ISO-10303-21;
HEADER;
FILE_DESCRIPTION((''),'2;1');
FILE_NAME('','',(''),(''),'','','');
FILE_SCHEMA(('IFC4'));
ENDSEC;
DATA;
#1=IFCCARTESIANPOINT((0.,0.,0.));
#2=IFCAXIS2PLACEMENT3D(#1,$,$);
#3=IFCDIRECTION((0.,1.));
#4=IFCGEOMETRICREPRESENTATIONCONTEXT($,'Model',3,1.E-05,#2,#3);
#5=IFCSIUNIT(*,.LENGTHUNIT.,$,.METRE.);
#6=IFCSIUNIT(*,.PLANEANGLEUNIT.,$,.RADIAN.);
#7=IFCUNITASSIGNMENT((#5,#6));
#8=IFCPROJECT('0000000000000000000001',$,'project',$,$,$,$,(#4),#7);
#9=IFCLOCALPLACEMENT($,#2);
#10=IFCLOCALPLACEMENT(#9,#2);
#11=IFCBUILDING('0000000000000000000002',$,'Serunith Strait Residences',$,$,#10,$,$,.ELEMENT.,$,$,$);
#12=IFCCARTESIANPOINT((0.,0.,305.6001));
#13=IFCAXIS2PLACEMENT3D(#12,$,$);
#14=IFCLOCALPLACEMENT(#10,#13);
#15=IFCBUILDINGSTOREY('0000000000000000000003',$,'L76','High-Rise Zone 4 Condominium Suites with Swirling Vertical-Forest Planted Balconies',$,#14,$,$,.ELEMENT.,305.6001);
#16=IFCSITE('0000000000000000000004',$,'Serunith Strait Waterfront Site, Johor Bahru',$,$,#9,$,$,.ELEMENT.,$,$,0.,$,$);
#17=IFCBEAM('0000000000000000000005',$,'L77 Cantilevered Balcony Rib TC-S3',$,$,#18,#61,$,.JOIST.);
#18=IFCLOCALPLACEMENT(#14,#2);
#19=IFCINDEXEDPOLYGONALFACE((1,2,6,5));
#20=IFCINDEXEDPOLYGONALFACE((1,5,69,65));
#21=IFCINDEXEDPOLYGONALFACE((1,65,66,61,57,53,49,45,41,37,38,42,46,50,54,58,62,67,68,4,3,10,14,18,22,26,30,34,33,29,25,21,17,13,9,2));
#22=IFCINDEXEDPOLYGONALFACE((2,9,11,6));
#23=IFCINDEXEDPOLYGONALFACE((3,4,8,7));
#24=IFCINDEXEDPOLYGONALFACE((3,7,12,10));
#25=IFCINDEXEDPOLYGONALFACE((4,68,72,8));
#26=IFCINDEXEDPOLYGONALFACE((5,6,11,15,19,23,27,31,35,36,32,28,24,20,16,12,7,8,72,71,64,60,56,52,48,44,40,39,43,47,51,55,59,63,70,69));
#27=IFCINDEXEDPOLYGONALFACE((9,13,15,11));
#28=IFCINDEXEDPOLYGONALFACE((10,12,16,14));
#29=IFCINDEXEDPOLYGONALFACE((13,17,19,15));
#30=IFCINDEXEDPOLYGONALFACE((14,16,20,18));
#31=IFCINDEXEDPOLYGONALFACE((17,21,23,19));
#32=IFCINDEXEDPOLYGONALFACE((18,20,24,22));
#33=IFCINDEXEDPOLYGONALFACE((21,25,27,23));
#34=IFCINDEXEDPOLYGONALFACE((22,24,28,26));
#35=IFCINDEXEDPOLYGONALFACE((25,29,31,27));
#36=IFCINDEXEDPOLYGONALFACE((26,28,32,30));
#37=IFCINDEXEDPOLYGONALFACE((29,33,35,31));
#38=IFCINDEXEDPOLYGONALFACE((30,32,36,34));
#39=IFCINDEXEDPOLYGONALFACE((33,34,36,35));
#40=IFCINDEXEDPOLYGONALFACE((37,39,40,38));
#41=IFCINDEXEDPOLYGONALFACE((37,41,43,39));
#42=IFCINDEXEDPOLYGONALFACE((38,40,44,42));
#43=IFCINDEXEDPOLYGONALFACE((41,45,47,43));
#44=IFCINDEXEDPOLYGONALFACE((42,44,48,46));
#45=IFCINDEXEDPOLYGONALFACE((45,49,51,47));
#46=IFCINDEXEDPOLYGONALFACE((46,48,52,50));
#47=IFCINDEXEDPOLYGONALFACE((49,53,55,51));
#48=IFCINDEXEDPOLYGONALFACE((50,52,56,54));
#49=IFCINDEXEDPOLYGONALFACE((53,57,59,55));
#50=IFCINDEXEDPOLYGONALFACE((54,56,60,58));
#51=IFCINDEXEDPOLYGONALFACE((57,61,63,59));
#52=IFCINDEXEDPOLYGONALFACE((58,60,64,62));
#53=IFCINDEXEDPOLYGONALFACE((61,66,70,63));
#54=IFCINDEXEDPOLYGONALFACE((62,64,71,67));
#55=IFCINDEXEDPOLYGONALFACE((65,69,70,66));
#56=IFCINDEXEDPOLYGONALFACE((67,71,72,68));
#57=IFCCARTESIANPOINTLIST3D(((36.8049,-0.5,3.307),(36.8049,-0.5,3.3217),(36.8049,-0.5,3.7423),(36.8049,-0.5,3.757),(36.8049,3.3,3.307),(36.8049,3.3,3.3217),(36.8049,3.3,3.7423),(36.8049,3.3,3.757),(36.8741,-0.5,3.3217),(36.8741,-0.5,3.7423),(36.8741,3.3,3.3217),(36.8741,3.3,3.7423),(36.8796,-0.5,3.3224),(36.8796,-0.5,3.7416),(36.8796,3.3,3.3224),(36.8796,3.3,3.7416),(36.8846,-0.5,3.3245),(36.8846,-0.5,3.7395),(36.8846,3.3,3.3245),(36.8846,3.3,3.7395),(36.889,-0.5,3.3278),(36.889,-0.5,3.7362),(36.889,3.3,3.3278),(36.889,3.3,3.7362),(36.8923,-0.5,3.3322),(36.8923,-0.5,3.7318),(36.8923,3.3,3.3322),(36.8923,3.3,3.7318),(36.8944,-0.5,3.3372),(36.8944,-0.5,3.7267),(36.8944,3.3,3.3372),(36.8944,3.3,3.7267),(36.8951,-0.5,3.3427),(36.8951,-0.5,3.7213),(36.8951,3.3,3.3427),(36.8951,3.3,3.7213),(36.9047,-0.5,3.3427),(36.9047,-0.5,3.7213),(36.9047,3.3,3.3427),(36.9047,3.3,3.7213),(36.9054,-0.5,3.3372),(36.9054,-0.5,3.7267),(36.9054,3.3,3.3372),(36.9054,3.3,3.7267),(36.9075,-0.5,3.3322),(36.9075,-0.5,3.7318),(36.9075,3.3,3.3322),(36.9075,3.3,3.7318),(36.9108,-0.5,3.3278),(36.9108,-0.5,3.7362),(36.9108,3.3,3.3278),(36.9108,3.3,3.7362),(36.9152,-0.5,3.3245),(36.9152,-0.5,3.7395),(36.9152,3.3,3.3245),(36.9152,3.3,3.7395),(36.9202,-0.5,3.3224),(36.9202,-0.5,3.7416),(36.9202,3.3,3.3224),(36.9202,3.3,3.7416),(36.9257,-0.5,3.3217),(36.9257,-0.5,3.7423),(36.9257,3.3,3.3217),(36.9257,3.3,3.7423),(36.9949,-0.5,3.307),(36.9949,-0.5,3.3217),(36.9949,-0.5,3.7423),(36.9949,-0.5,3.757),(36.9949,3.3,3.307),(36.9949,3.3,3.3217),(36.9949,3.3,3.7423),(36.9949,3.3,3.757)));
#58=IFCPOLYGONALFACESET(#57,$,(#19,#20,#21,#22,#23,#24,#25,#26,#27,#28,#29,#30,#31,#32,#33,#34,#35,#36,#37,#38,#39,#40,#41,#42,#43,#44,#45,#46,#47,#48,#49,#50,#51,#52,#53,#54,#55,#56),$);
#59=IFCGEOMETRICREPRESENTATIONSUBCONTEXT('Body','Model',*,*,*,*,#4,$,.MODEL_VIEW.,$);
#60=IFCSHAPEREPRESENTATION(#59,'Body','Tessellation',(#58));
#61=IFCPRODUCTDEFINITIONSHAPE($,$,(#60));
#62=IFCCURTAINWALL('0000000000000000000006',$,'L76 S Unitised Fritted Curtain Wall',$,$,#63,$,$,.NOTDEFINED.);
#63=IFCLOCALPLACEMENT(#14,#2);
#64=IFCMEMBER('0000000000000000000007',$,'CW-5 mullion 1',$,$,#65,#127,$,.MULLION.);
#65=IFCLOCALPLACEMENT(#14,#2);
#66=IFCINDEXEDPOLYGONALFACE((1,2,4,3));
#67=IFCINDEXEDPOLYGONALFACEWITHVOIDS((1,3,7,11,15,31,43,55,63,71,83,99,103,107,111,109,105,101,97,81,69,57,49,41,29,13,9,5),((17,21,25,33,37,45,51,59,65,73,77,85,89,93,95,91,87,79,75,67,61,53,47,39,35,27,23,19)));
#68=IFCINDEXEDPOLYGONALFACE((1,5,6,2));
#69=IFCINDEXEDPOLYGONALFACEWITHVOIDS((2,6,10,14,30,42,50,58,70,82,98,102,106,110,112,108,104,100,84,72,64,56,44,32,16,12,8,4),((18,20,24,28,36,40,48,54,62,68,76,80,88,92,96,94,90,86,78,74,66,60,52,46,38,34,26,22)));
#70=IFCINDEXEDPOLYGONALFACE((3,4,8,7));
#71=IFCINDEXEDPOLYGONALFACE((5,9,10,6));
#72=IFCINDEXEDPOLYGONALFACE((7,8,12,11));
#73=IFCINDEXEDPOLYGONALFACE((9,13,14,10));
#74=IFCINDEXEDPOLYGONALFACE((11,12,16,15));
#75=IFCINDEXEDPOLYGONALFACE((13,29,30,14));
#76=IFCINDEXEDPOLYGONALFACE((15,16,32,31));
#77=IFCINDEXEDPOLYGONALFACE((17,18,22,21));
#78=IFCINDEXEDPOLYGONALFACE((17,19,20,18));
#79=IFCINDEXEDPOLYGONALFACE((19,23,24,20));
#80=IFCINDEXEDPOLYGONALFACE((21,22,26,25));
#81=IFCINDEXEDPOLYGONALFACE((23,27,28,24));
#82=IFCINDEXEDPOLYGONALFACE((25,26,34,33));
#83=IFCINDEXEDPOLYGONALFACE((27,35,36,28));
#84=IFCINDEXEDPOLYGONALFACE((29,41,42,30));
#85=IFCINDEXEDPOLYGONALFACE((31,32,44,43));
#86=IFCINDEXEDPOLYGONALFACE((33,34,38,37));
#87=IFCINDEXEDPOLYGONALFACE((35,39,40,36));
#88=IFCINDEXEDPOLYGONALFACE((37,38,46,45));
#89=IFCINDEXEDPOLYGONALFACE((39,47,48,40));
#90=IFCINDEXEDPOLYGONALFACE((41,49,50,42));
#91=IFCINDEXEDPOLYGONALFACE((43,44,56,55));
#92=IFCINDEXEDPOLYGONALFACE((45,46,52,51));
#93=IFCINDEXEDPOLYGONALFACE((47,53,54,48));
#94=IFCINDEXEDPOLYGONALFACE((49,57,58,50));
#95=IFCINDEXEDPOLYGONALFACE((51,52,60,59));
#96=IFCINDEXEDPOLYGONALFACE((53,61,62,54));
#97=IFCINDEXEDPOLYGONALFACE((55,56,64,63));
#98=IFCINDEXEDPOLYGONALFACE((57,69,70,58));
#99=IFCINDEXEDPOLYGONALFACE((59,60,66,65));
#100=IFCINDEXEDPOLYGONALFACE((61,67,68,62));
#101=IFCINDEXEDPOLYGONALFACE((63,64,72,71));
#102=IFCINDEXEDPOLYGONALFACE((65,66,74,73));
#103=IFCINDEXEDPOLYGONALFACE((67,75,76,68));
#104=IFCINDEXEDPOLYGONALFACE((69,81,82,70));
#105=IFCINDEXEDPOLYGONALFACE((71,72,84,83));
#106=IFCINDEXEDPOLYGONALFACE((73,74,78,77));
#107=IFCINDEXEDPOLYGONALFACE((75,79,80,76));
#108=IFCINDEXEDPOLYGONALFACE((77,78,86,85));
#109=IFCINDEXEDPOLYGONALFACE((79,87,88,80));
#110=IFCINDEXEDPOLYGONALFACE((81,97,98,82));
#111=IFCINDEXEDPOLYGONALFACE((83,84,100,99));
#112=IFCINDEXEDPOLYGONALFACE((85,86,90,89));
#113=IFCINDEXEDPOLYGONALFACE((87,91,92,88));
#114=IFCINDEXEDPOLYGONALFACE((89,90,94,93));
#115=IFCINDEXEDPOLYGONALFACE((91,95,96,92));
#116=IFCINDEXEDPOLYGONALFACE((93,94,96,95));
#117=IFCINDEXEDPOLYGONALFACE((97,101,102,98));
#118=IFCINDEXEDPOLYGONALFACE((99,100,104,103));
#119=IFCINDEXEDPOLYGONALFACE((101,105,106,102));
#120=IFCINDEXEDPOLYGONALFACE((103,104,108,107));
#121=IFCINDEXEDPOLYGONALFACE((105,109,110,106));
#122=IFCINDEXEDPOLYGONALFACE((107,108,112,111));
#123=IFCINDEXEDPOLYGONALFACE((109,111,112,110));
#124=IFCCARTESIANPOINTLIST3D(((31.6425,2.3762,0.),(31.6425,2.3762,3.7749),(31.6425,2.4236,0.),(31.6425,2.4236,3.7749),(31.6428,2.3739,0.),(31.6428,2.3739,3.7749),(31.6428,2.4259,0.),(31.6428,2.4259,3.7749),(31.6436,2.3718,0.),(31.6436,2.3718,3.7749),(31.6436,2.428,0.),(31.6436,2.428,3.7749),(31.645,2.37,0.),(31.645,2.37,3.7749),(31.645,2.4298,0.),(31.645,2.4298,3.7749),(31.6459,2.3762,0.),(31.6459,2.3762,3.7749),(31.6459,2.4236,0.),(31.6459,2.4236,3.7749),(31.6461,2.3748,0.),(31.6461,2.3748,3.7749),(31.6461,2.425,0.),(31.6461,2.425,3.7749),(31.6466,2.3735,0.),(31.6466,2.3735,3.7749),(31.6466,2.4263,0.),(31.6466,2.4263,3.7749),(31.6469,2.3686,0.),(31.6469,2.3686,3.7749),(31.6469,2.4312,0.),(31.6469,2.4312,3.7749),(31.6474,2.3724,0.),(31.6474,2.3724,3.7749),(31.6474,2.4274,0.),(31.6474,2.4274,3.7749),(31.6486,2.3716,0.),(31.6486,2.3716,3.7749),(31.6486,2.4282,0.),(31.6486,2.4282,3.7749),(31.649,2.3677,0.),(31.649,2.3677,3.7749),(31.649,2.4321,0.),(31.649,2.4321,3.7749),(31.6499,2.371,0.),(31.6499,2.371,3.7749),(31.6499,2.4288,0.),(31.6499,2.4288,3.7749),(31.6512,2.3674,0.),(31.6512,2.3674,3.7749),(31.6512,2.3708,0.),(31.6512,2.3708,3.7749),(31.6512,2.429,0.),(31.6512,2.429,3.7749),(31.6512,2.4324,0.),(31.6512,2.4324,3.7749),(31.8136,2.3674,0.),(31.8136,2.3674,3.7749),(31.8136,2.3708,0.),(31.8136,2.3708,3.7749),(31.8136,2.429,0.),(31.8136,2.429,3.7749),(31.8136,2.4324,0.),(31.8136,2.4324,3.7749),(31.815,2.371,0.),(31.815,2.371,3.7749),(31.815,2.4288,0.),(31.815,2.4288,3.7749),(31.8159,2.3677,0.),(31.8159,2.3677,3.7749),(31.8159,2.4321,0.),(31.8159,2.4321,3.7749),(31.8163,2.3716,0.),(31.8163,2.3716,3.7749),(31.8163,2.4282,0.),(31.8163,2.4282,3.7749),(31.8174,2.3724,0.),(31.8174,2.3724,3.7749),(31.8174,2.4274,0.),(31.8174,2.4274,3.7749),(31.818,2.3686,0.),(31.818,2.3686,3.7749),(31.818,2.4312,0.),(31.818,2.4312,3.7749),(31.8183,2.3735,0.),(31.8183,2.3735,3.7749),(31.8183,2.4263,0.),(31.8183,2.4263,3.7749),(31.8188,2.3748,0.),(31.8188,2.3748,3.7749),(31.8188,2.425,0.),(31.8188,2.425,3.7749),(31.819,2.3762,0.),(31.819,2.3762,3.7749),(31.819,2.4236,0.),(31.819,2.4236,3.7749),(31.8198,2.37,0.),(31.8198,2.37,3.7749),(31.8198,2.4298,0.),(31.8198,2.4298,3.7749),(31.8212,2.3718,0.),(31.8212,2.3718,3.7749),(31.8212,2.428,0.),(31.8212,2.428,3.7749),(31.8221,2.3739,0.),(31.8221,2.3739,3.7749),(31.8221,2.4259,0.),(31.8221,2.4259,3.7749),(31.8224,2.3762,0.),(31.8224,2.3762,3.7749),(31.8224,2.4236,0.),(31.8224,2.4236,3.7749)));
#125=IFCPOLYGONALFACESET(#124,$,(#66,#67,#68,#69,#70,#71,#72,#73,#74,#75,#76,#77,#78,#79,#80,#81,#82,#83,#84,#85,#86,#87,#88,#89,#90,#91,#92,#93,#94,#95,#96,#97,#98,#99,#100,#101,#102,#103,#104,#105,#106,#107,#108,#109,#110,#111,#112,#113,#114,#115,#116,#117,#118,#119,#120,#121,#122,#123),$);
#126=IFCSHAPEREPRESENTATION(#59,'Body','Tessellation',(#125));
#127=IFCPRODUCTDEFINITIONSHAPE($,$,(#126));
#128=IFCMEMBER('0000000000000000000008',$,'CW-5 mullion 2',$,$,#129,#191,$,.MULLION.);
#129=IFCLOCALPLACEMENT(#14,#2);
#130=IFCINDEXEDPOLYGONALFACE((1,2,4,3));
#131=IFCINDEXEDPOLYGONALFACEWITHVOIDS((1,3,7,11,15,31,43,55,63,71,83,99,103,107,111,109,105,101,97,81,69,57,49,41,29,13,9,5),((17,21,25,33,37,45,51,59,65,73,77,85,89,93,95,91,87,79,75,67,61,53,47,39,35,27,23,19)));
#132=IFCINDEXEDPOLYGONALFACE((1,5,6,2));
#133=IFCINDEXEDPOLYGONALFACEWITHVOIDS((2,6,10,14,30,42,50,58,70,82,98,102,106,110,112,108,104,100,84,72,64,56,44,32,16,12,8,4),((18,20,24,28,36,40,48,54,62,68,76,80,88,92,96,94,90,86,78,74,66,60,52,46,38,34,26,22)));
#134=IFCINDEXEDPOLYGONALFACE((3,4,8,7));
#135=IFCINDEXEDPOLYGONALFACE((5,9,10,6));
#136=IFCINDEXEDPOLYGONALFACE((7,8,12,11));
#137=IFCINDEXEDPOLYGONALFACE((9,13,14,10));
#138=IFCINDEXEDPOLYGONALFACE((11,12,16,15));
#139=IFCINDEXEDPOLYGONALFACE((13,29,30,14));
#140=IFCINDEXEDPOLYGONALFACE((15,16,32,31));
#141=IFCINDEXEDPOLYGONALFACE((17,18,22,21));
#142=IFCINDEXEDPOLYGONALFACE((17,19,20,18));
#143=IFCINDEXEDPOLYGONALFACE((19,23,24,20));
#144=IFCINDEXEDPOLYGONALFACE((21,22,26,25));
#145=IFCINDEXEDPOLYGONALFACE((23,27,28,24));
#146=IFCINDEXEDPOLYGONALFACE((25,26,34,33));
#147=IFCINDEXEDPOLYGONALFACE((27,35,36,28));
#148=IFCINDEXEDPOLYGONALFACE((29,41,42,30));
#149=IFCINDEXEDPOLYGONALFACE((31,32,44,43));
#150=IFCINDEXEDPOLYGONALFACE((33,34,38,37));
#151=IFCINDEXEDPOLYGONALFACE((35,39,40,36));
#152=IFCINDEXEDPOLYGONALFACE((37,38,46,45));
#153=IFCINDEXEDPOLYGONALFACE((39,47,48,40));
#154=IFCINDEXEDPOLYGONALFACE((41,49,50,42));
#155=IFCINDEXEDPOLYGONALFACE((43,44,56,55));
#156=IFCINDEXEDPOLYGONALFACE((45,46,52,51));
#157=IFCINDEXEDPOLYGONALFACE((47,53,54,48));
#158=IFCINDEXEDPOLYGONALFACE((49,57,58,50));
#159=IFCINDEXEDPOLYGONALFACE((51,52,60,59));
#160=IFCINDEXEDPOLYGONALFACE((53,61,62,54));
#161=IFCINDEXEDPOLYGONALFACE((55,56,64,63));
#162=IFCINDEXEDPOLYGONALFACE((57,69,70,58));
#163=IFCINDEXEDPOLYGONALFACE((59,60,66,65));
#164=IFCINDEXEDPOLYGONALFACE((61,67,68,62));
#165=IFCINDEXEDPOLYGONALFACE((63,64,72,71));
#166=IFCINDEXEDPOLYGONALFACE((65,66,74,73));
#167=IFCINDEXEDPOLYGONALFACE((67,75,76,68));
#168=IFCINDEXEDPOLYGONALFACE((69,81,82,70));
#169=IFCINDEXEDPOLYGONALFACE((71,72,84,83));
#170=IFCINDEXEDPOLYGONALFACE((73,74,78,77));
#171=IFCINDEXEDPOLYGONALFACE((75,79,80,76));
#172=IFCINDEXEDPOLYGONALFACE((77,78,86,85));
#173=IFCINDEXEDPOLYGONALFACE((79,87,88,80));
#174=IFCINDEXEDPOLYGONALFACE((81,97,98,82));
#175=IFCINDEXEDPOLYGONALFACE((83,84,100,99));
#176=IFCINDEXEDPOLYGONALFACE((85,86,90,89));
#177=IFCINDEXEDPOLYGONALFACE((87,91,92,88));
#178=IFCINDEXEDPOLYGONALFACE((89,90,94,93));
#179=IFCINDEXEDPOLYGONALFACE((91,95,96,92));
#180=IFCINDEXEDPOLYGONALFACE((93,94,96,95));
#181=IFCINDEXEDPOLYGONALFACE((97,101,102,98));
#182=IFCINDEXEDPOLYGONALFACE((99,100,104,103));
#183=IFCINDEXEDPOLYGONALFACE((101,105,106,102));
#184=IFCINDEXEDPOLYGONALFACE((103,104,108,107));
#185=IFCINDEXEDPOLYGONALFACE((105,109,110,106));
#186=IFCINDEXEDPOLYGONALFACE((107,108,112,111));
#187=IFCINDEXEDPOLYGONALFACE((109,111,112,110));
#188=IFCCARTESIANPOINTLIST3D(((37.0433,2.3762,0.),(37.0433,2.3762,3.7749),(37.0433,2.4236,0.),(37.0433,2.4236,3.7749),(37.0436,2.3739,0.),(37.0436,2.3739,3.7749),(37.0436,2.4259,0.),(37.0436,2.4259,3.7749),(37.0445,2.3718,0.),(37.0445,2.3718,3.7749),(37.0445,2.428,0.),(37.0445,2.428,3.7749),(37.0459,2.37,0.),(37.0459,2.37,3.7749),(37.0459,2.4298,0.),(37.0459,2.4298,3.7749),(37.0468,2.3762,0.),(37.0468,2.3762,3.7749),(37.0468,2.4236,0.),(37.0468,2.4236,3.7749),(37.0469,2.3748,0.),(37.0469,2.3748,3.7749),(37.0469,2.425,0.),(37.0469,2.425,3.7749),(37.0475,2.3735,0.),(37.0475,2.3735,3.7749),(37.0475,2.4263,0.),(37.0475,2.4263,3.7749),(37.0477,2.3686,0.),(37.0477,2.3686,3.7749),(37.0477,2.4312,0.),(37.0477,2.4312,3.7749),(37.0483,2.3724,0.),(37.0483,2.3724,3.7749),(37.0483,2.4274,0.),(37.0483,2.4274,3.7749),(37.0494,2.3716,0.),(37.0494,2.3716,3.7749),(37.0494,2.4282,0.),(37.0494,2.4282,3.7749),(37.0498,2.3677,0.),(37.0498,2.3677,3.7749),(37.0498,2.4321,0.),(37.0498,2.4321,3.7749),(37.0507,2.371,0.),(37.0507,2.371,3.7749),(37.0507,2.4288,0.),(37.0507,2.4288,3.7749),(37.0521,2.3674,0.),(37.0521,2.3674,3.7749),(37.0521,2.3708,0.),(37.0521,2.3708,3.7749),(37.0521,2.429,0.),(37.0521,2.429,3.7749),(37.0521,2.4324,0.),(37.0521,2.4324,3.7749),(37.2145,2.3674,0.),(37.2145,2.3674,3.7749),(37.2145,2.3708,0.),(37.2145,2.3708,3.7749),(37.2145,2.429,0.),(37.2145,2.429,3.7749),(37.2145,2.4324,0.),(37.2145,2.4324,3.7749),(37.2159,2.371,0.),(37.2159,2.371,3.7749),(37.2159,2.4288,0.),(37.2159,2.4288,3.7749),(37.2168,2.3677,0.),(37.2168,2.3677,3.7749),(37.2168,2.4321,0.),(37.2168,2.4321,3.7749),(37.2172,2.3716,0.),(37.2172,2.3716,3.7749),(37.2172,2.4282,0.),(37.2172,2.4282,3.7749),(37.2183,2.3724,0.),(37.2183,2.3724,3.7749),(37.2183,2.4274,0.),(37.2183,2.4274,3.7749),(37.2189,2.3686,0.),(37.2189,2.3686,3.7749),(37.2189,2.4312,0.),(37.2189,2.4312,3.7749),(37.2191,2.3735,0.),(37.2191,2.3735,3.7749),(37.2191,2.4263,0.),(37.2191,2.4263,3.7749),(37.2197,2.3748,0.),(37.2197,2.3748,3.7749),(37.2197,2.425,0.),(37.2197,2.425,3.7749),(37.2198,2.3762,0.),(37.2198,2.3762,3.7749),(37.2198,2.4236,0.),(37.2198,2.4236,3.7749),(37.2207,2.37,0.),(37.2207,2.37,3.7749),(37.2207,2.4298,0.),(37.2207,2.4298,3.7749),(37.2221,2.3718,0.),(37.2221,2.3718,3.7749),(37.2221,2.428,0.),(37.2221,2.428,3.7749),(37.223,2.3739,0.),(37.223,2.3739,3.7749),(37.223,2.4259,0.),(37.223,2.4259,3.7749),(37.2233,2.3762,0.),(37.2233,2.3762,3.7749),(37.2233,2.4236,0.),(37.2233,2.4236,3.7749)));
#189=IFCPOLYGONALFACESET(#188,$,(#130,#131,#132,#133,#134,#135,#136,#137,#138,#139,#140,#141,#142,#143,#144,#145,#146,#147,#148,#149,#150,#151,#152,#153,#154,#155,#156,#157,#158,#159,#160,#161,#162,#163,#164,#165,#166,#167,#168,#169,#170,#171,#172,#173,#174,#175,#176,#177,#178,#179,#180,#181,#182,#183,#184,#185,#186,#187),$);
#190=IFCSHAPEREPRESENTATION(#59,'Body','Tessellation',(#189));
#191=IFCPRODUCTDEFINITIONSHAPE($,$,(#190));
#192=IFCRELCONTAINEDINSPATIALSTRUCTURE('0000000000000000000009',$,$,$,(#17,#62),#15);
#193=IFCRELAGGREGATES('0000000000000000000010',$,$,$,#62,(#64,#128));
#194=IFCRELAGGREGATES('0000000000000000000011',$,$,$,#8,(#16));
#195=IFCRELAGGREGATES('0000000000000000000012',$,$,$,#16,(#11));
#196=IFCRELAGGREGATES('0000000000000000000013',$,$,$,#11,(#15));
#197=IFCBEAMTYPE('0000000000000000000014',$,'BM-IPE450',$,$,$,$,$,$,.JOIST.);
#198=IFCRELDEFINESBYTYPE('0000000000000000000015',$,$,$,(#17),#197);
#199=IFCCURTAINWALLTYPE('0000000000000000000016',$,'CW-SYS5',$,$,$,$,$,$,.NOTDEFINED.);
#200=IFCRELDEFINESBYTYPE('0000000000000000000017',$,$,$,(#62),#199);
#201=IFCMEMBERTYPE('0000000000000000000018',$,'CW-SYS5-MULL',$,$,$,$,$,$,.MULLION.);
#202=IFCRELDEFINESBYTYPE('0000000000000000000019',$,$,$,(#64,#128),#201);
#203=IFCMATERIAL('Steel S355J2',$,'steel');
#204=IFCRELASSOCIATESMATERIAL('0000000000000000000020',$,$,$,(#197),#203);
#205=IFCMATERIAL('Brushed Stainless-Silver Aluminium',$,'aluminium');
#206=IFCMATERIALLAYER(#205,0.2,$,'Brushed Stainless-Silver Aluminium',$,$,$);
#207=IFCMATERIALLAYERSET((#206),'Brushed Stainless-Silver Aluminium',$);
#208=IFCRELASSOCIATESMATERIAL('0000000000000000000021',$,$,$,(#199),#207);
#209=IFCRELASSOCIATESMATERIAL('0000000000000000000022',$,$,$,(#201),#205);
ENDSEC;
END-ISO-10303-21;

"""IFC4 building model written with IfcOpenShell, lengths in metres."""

from ifc_helpers import new_model, si_unit, direction, frame, origin, origin_2d, place, context, subcontext, project, spatial, hollow_rectangle, i_section, extrude, source, transform, mapped, material, layer, layer_set, material_profile, profile_set, type_object, element, aggregate, save


model = new_model("IFC4")

# Units and contexts
model_context = context("Model", 3, precision=1e-05, world=origin(), true_north=direction((0.0, 1.0)))
body_context = subcontext(model_context, "Body", "Model", "MODEL_VIEW")
ifc_project = project(units=[si_unit("LENGTHUNIT", "METRE"), si_unit("PLANEANGLEUNIT", "RADIAN")], contexts=[model_context])

# Site, building, storey
site_placement = place(None, origin())
site = spatial("IfcSite", under=ifc_project, at=site_placement, Name="Serunith Strait Waterfront Site, Johor Bahru", CompositionType="ELEMENT", RefElevation=0.0)
building_placement = place(site_placement, origin())
building = spatial("IfcBuilding", under=site, at=building_placement, Name="Serunith Strait Residences", CompositionType="ELEMENT")
storey_placement = place(building_placement, frame((0.0, 0.0, 305.6001)))
storey = spatial("IfcBuildingStorey", under=building, at=storey_placement, Name="L76", Description="High-Rise Zone 4 Condominium Suites with Swirling Vertical-Forest Planted Balconies", CompositionType="ELEMENT", Elevation=305.6001)

# Beam
ifc_material_1 = material(Name="Steel S355J2", Category="steel")
ifc_material_profile_1 = material_profile(ifc_material_1, i_section(OverallWidth=0.1899, OverallDepth=0.45, WebThickness=0.0095, FlangeThickness=0.0146, FilletRadius=0.021, at=origin_2d()), Name="IPE 450")
ifc_profile_set_1 = profile_set([ifc_material_profile_1], Name="Steel S355J2")
beam_type_1 = type_object("IfcBeamType", Name="BM-IPE450", PredefinedType="JOIST", material=ifc_profile_set_1)
shared_shape_1 = source(origin(), body_context, "Body", "SweptSolid", [
    extrude(i_section(OverallWidth=0.1899, OverallDepth=0.45, WebThickness=0.0095, FlangeThickness=0.0146, FilletRadius=0.021, at=origin_2d()), origin(), (0.0, 0.0, 1.0), 3.8),
])
beam_1_placement = place(storey_placement, frame((36.8999, 3.3, 3.532), z_axis=(0.0, -1.0, 0.0), x_axis=(1.0, 0.0, 0.0)))
element("IfcBeam", 1, at=beam_1_placement, inside=storey, type_object=beam_type_1, Name="L77 Cantilevered Balcony Rib TC-S3", PredefinedType="JOIST", context=body_context, shape_type="MappedRepresentation", body=[
    mapped(shared_shape_1, transform((0.0, 0.0, 0.0), scale=1.0)),
])

# Curtain wall, members
ifc_material_2 = material(Name="Brushed Stainless-Silver Aluminium", Category="aluminium")
ifc_layer_1 = layer(ifc_material_2, 0.2, Name="Brushed Stainless-Silver Aluminium")
ifc_layer_set_1 = layer_set([ifc_layer_1], Name="Brushed Stainless-Silver Aluminium")
curtain_wall_type = type_object("IfcCurtainWallType", Name="CW-SYS5", PredefinedType="NOTDEFINED", material=ifc_layer_set_1)
curtain_wall_placement = place(storey_placement, origin())
curtain_wall = element("IfcCurtainWall", 2, at=curtain_wall_placement, inside=storey, type_object=curtain_wall_type, Name="L76 S Unitised Fritted Curtain Wall", PredefinedType="NOTDEFINED")
ifc_material_profile_2 = material_profile(ifc_material_2, hollow_rectangle(XDim=0.0649, YDim=0.1799, WallThickness=0.0034, InnerFilletRadius=0.0054, OuterFilletRadius=0.0088, at=origin_2d()), Name="ALU 180x65x3.5")
ifc_profile_set_2 = profile_set([ifc_material_profile_2], Name="Brushed Stainless-Silver Aluminium")
member_type_1 = type_object("IfcMemberType", Name="CW-SYS5-MULL", PredefinedType="MULLION", material=ifc_profile_set_2)
shared_shape_2 = source(origin(), body_context, "Body", "SweptSolid", [
    extrude(hollow_rectangle(XDim=0.0649, YDim=0.1799, WallThickness=0.0034, InnerFilletRadius=0.0054, OuterFilletRadius=0.0088, at=origin_2d()), origin(), (0.0, 0.0, 1.0), 3.7749),
])
member_1_placement = place(storey_placement, frame((31.7324, 2.3999, 0.0), z_axis=(0.0, 0.0, 1.0), x_axis=(0.0, 1.0, 0.0)))
member_1 = element("IfcMember", 3, at=member_1_placement, type_object=member_type_1, Name="CW-5 mullion 1", PredefinedType="MULLION", context=body_context, shape_type="MappedRepresentation", body=[
    mapped(shared_shape_2, transform((0.0, 0.0, 0.0), scale=1.0)),
])
member_2_placement = place(storey_placement, frame((37.1333, 2.3999, 0.0), z_axis=(0.0, 0.0, 1.0), x_axis=(0.0, 1.0, 0.0)))
member_2 = element("IfcMember", 4, at=member_2_placement, type_object=member_type_1, Name="CW-5 mullion 2", PredefinedType="MULLION", context=body_context, shape_type="MappedRepresentation", body=[
    mapped(shared_shape_2, transform((0.0, 0.0, 0.0), scale=1.0)),
])
aggregate(curtain_wall, [member_1, member_2])

save(model, "model.ifc")
